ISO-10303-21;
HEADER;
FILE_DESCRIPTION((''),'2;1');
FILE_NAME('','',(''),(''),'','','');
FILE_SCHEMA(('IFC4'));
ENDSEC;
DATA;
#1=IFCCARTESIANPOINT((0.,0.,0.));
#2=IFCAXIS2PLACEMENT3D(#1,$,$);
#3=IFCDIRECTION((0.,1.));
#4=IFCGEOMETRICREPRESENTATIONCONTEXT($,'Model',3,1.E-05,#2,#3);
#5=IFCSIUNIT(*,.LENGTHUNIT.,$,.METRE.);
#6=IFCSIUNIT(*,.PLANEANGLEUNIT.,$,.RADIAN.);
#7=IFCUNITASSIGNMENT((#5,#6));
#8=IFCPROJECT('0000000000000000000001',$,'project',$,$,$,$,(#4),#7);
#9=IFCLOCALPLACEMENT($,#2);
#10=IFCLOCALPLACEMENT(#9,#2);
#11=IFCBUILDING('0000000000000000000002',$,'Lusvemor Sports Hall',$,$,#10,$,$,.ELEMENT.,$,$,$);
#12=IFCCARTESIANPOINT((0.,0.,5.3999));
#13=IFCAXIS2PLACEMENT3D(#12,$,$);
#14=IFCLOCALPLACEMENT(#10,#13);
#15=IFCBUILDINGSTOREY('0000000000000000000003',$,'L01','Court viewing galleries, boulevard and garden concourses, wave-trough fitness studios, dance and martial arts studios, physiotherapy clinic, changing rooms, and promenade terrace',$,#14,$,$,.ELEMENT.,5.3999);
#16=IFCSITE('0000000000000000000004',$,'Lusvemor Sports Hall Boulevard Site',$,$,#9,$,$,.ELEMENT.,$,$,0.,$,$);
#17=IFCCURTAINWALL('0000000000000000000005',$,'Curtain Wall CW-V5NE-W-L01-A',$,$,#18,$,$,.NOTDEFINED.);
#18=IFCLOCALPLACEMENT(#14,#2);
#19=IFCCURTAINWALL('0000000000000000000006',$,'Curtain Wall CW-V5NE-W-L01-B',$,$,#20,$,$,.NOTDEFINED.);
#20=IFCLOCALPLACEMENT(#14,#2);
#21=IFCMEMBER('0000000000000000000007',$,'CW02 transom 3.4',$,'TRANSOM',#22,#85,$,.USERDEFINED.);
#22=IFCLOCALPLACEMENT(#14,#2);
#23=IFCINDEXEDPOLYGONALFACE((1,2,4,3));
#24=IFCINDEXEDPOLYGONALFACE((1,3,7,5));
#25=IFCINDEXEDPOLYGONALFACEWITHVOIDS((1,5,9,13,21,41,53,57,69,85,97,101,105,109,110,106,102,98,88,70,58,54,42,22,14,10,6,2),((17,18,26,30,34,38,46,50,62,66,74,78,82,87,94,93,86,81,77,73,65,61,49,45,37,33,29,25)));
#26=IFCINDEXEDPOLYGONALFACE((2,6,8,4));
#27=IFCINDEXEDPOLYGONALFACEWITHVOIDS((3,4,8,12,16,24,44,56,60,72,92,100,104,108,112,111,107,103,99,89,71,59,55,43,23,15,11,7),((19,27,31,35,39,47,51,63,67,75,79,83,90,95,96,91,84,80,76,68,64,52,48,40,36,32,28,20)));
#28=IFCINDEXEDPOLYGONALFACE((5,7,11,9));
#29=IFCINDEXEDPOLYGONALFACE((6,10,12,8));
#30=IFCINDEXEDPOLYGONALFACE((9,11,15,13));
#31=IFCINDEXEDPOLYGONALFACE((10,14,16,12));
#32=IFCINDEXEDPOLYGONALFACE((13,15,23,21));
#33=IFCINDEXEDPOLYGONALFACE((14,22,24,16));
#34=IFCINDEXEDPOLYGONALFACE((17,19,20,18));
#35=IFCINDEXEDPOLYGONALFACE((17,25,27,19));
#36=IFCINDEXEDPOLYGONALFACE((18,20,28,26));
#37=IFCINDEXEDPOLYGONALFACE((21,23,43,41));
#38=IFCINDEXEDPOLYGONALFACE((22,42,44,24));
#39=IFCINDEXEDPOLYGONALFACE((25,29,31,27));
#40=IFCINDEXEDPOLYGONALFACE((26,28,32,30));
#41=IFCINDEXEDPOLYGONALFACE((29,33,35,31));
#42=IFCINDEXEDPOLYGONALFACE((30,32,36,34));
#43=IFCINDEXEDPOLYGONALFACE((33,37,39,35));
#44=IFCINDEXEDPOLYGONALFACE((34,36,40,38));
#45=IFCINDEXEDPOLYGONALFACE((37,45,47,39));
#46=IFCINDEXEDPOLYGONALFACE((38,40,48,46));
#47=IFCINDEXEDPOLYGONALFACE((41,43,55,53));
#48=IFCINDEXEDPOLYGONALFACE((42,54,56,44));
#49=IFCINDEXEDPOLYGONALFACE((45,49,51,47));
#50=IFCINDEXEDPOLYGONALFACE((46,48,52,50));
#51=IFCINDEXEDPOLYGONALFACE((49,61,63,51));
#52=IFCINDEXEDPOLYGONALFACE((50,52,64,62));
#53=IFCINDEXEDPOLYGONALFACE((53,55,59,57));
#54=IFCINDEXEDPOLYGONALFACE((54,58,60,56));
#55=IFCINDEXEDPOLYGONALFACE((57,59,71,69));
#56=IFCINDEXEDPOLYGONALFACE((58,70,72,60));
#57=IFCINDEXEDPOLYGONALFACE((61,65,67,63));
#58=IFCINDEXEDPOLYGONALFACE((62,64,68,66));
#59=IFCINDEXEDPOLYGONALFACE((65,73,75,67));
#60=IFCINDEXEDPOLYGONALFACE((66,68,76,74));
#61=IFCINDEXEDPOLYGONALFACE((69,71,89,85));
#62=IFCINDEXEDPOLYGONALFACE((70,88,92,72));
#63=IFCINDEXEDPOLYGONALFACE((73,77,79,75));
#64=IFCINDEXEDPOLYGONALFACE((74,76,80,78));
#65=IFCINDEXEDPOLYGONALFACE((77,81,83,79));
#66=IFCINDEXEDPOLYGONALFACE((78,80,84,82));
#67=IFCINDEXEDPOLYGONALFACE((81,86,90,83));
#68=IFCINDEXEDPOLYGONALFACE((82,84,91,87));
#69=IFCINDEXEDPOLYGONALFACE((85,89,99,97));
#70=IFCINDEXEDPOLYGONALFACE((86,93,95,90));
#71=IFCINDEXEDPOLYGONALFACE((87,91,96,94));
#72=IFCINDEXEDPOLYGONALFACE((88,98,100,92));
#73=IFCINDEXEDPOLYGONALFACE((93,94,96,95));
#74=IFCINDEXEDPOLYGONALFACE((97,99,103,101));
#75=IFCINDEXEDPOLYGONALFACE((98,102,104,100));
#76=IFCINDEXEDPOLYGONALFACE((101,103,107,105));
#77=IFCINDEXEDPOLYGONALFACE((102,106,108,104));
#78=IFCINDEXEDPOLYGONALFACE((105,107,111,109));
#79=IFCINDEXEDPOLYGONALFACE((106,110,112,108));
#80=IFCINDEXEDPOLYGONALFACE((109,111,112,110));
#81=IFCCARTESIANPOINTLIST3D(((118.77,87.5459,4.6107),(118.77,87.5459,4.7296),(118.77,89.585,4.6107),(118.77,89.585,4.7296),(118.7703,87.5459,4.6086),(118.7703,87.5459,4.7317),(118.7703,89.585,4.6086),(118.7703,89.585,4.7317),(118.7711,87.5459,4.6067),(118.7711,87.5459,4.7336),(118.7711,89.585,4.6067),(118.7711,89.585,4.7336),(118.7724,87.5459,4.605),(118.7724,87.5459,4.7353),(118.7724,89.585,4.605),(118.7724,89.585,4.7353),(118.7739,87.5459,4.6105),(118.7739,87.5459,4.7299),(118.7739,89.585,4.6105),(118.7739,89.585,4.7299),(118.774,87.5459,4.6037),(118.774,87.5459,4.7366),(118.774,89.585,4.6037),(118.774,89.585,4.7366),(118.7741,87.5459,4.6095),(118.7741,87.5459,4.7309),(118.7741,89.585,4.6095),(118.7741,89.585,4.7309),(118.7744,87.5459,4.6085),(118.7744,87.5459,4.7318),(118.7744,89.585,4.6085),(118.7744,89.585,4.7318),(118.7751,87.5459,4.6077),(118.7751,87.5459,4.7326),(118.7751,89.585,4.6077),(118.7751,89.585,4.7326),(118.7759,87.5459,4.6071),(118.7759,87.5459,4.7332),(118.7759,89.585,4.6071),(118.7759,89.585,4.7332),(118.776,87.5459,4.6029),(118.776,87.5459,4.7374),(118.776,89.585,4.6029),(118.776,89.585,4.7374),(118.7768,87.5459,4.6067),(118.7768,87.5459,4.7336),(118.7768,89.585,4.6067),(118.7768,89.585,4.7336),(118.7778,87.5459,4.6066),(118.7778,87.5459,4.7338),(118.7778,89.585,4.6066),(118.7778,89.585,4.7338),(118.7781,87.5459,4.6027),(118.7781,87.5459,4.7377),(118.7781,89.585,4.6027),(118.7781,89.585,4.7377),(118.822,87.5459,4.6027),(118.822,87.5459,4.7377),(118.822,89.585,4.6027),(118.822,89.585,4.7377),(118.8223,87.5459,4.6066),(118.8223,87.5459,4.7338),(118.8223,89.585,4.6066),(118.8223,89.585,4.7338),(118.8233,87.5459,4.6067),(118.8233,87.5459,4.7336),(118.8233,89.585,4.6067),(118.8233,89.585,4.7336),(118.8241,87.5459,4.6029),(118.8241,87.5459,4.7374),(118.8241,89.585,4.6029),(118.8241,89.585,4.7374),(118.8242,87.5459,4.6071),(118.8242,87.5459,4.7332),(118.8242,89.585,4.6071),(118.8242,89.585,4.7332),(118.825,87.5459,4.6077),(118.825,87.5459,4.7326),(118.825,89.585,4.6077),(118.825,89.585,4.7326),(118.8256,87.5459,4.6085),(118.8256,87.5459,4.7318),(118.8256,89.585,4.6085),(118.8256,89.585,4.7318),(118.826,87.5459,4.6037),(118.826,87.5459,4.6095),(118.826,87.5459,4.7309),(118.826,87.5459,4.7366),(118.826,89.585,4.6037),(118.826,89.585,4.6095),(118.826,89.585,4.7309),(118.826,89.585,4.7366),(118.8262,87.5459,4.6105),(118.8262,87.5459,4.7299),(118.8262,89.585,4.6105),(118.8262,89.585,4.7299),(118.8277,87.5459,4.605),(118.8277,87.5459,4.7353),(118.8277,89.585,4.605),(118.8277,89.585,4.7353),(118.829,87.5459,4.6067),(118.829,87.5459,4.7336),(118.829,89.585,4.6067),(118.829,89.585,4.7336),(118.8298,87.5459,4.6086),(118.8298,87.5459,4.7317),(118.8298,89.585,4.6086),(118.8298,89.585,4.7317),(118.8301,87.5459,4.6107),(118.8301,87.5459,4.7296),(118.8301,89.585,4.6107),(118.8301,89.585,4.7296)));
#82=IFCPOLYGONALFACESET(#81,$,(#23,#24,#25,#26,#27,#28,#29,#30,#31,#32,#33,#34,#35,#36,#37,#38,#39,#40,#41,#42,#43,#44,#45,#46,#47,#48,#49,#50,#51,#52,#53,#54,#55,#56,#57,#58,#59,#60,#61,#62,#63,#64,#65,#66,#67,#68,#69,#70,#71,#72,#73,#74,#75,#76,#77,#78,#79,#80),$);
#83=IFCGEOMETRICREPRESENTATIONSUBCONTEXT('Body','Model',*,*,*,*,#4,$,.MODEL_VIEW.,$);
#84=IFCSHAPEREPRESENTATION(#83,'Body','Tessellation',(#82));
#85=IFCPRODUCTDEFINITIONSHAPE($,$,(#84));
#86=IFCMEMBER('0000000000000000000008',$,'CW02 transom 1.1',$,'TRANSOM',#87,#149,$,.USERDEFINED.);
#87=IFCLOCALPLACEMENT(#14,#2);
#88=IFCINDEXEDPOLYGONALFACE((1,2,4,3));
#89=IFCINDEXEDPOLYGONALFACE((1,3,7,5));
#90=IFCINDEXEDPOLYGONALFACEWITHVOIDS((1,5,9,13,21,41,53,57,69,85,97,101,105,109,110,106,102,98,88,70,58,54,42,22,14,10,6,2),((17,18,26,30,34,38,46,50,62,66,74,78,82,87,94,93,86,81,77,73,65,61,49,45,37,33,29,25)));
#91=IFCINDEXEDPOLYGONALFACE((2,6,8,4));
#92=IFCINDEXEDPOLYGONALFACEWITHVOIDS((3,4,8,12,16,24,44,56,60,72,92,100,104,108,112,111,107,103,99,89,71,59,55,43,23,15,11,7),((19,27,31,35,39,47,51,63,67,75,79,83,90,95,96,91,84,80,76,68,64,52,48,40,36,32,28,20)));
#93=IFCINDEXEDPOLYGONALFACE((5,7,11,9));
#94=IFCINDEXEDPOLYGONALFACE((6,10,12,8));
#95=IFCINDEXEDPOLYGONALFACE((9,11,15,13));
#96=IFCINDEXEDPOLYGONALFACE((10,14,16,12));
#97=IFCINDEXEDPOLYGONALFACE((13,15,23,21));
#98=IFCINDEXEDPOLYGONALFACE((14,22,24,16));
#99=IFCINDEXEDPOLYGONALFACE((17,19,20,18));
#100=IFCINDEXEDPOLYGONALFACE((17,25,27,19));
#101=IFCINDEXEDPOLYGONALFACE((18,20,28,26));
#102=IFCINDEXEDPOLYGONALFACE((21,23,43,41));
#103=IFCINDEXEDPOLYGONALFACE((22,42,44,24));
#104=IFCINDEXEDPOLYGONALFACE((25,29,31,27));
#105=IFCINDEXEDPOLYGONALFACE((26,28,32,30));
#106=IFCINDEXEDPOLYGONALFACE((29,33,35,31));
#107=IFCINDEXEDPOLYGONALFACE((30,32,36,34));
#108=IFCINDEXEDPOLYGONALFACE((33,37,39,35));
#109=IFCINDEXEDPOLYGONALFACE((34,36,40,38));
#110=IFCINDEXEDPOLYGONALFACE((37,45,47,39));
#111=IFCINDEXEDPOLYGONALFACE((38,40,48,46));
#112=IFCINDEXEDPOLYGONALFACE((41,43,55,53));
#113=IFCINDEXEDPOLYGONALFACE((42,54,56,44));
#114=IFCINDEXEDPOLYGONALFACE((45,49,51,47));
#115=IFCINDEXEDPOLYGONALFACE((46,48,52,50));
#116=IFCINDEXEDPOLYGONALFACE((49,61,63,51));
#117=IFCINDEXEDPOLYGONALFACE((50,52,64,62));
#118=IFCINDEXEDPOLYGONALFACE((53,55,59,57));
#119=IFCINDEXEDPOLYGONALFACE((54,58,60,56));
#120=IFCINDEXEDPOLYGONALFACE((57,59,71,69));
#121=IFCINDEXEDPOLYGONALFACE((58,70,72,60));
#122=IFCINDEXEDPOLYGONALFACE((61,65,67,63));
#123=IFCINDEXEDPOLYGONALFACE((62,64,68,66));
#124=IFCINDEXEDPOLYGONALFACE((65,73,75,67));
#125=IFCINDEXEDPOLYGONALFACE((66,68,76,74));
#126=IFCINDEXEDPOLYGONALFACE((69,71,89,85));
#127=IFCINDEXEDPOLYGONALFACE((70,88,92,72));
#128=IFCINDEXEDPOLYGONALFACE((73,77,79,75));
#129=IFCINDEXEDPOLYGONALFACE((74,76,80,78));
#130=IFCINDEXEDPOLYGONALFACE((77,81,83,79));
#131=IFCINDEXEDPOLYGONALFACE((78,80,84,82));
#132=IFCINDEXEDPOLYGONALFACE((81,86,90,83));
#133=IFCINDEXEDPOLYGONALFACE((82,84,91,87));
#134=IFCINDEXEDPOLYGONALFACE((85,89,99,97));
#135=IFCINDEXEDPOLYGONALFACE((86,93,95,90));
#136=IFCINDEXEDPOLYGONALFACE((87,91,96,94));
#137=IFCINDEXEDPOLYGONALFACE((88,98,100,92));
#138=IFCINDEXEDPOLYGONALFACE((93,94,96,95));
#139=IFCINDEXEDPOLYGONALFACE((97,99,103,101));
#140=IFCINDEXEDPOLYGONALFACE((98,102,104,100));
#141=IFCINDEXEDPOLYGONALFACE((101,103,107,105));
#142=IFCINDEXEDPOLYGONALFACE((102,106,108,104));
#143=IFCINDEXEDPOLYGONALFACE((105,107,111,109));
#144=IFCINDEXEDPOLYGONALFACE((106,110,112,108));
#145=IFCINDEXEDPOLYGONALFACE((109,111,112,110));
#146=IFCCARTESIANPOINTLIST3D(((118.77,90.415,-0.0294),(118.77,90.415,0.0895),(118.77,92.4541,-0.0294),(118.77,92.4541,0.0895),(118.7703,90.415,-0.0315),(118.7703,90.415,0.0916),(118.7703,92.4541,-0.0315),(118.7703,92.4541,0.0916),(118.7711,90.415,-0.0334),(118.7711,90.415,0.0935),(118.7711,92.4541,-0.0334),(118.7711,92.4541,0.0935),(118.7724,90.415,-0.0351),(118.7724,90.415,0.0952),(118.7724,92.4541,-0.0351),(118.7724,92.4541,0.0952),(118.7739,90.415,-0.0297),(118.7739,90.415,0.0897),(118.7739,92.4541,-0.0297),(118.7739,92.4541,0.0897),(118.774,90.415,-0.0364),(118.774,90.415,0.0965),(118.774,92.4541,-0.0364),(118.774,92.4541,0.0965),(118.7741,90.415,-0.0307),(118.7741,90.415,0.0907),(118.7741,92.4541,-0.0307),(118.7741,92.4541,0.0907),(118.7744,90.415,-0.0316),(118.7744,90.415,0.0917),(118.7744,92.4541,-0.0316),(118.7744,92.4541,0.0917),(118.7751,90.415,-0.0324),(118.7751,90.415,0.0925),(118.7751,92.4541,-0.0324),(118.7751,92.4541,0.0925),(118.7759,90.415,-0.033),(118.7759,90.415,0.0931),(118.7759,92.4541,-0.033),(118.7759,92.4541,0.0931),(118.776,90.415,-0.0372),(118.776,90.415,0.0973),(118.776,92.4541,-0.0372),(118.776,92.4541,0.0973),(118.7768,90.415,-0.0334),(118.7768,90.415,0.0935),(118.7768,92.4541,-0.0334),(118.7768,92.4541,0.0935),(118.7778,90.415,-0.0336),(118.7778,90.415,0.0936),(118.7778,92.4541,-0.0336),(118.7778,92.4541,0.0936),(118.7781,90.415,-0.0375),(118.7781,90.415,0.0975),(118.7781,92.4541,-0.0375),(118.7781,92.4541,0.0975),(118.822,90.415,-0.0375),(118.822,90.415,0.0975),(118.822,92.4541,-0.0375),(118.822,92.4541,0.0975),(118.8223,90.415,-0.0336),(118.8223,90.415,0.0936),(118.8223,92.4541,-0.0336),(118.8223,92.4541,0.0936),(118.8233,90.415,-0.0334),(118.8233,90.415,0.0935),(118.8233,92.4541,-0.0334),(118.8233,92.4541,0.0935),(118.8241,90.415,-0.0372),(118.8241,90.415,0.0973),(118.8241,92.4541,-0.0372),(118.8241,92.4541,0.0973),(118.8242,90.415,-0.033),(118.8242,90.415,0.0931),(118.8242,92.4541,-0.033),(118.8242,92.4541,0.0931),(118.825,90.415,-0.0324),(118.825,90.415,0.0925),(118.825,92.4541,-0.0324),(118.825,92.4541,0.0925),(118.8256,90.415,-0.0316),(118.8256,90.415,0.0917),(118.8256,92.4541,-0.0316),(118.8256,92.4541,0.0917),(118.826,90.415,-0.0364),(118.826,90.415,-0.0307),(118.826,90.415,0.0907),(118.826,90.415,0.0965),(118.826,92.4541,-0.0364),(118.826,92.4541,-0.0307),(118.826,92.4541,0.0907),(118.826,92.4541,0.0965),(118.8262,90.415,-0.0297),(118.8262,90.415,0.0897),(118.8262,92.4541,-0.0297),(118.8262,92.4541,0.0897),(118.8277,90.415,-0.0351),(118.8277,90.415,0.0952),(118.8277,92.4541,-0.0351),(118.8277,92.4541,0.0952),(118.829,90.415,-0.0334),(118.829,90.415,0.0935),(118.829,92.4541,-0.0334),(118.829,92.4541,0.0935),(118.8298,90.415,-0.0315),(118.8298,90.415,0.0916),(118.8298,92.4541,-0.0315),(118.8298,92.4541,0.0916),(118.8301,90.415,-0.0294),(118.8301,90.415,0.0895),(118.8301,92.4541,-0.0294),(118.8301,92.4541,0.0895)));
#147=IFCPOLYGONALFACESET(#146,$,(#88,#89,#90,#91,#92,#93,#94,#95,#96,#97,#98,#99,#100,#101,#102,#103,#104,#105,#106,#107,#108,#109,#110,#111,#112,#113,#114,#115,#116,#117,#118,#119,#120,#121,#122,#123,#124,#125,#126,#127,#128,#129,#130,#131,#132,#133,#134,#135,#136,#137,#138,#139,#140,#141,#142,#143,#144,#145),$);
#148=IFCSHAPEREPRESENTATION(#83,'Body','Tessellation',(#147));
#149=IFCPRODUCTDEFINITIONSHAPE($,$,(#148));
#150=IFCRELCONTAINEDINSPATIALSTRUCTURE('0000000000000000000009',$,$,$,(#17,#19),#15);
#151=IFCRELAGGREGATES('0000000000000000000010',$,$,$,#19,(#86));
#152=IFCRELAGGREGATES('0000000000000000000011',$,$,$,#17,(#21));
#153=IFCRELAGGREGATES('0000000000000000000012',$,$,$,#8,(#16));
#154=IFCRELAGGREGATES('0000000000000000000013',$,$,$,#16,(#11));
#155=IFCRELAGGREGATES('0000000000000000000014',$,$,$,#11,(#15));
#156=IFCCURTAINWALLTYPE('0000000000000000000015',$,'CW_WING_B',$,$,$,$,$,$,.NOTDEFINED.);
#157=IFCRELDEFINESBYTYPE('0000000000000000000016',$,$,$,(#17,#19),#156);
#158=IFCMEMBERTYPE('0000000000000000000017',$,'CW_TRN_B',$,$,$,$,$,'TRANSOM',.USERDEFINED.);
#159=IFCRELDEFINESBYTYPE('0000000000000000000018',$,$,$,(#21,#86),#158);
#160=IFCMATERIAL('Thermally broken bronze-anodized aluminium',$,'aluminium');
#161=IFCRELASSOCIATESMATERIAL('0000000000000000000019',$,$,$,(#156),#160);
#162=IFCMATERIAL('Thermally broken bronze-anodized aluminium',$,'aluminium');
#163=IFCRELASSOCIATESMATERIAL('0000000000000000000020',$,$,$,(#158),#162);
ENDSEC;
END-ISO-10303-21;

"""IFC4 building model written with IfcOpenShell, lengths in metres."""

from ifc_helpers import new_model, si_unit, direction, frame, origin, origin_2d, place, context, subcontext, project, spatial, hollow_rectangle, extrude, material, material_profile, profile_set, type_object, element, aggregate, save


model = new_model("IFC4")

# Units and contexts
model_context = context("Model", 3, precision=1e-05, world=origin(), true_north=direction((0.0, 1.0)))
body_context = subcontext(model_context, "Body", "Model", "MODEL_VIEW")
ifc_project = project(units=[si_unit("LENGTHUNIT", "METRE"), si_unit("PLANEANGLEUNIT", "RADIAN")], contexts=[model_context])

# Site, building, storey
site_placement = place(None, origin())
site = spatial("IfcSite", under=ifc_project, at=site_placement, Name="Lusvemor Sports Hall Boulevard Site", CompositionType="ELEMENT", RefElevation=0.0)
building_placement = place(site_placement, origin())
building = spatial("IfcBuilding", under=site, at=building_placement, Name="Lusvemor Sports Hall", CompositionType="ELEMENT")
storey_placement = place(building_placement, frame((0.0, 0.0, 5.3999)))
storey = spatial("IfcBuildingStorey", under=building, at=storey_placement, Name="L01", Description="Court viewing galleries, boulevard and garden concourses, wave-trough fitness studios, dance and martial arts studios, physiotherapy clinic, changing rooms, and promenade terrace", CompositionType="ELEMENT", Elevation=5.3999)

# Curtain wall
ifc_material_1 = material(Name="Thermally broken bronze-anodized aluminium", Category="aluminium")
curtain_wall_type = type_object("IfcCurtainWallType", Name="CW_WING_B", PredefinedType="NOTDEFINED", material=ifc_material_1)
curtain_wall_1_placement = place(storey_placement, origin())
curtain_wall_1 = element("IfcCurtainWall", 1, at=curtain_wall_1_placement, inside=storey, type_object=curtain_wall_type, Name="Curtain Wall CW-V5NE-W-L01-A", PredefinedType="NOTDEFINED")

# Curtain wall
curtain_wall_2_placement = place(storey_placement, origin())
curtain_wall_2 = element("IfcCurtainWall", 2, at=curtain_wall_2_placement, inside=storey, type_object=curtain_wall_type, Name="Curtain Wall CW-V5NE-W-L01-B", PredefinedType="NOTDEFINED")

# Members
ifc_material_2 = material(Name="Thermally broken bronze-anodized aluminium", Category="aluminium")
ifc_material_profile_1 = material_profile(ifc_material_2, hollow_rectangle(XDim=0.0601, YDim=0.135, WallThickness=0.0039, InnerFilletRadius=0.0039, OuterFilletRadius=0.0081, at=origin_2d()), Name="CWTRN135x60x4")
ifc_profile_set_1 = profile_set([ifc_material_profile_1], Name="Thermally broken bronze-anodized aluminium")
member_type_1 = type_object("IfcMemberType", Name="CW_TRN_B", ElementType="TRANSOM", PredefinedType="USERDEFINED", material=ifc_profile_set_1)
member_1_placement = place(storey_placement, frame((118.8, 87.5459, 4.6702), z_axis=(0.0, 1.0, 0.0), x_axis=(-1.0, 0.0, 0.0)))
member_1 = element("IfcMember", 3, at=member_1_placement, type_object=member_type_1, Name="CW02 transom 3.4", ObjectType="TRANSOM", PredefinedType="USERDEFINED", context=body_context, shape_type="SweptSolid", body=[
    extrude(hollow_rectangle(XDim=0.0601, YDim=0.135, WallThickness=0.0039, InnerFilletRadius=0.0039, OuterFilletRadius=0.0081, at=origin_2d()), origin(), (0.0, 0.0, 1.0), 2.0391),
])
member_2_placement = place(storey_placement, frame((118.8, 90.415, 0.03), z_axis=(0.0, 1.0, 0.0), x_axis=(-1.0, 0.0, 0.0)))
member_2 = element("IfcMember", 4, at=member_2_placement, type_object=member_type_1, Name="CW02 transom 1.1", ObjectType="TRANSOM", PredefinedType="USERDEFINED", context=body_context, shape_type="SweptSolid", body=[
    extrude(hollow_rectangle(XDim=0.0601, YDim=0.135, WallThickness=0.0039, InnerFilletRadius=0.0039, OuterFilletRadius=0.0081, at=origin_2d()), origin(), (0.0, 0.0, 1.0), 2.0391),
])
aggregate(curtain_wall_2, [member_2])

aggregate(curtain_wall_1, [member_1])

save(model, "model.ifc")
